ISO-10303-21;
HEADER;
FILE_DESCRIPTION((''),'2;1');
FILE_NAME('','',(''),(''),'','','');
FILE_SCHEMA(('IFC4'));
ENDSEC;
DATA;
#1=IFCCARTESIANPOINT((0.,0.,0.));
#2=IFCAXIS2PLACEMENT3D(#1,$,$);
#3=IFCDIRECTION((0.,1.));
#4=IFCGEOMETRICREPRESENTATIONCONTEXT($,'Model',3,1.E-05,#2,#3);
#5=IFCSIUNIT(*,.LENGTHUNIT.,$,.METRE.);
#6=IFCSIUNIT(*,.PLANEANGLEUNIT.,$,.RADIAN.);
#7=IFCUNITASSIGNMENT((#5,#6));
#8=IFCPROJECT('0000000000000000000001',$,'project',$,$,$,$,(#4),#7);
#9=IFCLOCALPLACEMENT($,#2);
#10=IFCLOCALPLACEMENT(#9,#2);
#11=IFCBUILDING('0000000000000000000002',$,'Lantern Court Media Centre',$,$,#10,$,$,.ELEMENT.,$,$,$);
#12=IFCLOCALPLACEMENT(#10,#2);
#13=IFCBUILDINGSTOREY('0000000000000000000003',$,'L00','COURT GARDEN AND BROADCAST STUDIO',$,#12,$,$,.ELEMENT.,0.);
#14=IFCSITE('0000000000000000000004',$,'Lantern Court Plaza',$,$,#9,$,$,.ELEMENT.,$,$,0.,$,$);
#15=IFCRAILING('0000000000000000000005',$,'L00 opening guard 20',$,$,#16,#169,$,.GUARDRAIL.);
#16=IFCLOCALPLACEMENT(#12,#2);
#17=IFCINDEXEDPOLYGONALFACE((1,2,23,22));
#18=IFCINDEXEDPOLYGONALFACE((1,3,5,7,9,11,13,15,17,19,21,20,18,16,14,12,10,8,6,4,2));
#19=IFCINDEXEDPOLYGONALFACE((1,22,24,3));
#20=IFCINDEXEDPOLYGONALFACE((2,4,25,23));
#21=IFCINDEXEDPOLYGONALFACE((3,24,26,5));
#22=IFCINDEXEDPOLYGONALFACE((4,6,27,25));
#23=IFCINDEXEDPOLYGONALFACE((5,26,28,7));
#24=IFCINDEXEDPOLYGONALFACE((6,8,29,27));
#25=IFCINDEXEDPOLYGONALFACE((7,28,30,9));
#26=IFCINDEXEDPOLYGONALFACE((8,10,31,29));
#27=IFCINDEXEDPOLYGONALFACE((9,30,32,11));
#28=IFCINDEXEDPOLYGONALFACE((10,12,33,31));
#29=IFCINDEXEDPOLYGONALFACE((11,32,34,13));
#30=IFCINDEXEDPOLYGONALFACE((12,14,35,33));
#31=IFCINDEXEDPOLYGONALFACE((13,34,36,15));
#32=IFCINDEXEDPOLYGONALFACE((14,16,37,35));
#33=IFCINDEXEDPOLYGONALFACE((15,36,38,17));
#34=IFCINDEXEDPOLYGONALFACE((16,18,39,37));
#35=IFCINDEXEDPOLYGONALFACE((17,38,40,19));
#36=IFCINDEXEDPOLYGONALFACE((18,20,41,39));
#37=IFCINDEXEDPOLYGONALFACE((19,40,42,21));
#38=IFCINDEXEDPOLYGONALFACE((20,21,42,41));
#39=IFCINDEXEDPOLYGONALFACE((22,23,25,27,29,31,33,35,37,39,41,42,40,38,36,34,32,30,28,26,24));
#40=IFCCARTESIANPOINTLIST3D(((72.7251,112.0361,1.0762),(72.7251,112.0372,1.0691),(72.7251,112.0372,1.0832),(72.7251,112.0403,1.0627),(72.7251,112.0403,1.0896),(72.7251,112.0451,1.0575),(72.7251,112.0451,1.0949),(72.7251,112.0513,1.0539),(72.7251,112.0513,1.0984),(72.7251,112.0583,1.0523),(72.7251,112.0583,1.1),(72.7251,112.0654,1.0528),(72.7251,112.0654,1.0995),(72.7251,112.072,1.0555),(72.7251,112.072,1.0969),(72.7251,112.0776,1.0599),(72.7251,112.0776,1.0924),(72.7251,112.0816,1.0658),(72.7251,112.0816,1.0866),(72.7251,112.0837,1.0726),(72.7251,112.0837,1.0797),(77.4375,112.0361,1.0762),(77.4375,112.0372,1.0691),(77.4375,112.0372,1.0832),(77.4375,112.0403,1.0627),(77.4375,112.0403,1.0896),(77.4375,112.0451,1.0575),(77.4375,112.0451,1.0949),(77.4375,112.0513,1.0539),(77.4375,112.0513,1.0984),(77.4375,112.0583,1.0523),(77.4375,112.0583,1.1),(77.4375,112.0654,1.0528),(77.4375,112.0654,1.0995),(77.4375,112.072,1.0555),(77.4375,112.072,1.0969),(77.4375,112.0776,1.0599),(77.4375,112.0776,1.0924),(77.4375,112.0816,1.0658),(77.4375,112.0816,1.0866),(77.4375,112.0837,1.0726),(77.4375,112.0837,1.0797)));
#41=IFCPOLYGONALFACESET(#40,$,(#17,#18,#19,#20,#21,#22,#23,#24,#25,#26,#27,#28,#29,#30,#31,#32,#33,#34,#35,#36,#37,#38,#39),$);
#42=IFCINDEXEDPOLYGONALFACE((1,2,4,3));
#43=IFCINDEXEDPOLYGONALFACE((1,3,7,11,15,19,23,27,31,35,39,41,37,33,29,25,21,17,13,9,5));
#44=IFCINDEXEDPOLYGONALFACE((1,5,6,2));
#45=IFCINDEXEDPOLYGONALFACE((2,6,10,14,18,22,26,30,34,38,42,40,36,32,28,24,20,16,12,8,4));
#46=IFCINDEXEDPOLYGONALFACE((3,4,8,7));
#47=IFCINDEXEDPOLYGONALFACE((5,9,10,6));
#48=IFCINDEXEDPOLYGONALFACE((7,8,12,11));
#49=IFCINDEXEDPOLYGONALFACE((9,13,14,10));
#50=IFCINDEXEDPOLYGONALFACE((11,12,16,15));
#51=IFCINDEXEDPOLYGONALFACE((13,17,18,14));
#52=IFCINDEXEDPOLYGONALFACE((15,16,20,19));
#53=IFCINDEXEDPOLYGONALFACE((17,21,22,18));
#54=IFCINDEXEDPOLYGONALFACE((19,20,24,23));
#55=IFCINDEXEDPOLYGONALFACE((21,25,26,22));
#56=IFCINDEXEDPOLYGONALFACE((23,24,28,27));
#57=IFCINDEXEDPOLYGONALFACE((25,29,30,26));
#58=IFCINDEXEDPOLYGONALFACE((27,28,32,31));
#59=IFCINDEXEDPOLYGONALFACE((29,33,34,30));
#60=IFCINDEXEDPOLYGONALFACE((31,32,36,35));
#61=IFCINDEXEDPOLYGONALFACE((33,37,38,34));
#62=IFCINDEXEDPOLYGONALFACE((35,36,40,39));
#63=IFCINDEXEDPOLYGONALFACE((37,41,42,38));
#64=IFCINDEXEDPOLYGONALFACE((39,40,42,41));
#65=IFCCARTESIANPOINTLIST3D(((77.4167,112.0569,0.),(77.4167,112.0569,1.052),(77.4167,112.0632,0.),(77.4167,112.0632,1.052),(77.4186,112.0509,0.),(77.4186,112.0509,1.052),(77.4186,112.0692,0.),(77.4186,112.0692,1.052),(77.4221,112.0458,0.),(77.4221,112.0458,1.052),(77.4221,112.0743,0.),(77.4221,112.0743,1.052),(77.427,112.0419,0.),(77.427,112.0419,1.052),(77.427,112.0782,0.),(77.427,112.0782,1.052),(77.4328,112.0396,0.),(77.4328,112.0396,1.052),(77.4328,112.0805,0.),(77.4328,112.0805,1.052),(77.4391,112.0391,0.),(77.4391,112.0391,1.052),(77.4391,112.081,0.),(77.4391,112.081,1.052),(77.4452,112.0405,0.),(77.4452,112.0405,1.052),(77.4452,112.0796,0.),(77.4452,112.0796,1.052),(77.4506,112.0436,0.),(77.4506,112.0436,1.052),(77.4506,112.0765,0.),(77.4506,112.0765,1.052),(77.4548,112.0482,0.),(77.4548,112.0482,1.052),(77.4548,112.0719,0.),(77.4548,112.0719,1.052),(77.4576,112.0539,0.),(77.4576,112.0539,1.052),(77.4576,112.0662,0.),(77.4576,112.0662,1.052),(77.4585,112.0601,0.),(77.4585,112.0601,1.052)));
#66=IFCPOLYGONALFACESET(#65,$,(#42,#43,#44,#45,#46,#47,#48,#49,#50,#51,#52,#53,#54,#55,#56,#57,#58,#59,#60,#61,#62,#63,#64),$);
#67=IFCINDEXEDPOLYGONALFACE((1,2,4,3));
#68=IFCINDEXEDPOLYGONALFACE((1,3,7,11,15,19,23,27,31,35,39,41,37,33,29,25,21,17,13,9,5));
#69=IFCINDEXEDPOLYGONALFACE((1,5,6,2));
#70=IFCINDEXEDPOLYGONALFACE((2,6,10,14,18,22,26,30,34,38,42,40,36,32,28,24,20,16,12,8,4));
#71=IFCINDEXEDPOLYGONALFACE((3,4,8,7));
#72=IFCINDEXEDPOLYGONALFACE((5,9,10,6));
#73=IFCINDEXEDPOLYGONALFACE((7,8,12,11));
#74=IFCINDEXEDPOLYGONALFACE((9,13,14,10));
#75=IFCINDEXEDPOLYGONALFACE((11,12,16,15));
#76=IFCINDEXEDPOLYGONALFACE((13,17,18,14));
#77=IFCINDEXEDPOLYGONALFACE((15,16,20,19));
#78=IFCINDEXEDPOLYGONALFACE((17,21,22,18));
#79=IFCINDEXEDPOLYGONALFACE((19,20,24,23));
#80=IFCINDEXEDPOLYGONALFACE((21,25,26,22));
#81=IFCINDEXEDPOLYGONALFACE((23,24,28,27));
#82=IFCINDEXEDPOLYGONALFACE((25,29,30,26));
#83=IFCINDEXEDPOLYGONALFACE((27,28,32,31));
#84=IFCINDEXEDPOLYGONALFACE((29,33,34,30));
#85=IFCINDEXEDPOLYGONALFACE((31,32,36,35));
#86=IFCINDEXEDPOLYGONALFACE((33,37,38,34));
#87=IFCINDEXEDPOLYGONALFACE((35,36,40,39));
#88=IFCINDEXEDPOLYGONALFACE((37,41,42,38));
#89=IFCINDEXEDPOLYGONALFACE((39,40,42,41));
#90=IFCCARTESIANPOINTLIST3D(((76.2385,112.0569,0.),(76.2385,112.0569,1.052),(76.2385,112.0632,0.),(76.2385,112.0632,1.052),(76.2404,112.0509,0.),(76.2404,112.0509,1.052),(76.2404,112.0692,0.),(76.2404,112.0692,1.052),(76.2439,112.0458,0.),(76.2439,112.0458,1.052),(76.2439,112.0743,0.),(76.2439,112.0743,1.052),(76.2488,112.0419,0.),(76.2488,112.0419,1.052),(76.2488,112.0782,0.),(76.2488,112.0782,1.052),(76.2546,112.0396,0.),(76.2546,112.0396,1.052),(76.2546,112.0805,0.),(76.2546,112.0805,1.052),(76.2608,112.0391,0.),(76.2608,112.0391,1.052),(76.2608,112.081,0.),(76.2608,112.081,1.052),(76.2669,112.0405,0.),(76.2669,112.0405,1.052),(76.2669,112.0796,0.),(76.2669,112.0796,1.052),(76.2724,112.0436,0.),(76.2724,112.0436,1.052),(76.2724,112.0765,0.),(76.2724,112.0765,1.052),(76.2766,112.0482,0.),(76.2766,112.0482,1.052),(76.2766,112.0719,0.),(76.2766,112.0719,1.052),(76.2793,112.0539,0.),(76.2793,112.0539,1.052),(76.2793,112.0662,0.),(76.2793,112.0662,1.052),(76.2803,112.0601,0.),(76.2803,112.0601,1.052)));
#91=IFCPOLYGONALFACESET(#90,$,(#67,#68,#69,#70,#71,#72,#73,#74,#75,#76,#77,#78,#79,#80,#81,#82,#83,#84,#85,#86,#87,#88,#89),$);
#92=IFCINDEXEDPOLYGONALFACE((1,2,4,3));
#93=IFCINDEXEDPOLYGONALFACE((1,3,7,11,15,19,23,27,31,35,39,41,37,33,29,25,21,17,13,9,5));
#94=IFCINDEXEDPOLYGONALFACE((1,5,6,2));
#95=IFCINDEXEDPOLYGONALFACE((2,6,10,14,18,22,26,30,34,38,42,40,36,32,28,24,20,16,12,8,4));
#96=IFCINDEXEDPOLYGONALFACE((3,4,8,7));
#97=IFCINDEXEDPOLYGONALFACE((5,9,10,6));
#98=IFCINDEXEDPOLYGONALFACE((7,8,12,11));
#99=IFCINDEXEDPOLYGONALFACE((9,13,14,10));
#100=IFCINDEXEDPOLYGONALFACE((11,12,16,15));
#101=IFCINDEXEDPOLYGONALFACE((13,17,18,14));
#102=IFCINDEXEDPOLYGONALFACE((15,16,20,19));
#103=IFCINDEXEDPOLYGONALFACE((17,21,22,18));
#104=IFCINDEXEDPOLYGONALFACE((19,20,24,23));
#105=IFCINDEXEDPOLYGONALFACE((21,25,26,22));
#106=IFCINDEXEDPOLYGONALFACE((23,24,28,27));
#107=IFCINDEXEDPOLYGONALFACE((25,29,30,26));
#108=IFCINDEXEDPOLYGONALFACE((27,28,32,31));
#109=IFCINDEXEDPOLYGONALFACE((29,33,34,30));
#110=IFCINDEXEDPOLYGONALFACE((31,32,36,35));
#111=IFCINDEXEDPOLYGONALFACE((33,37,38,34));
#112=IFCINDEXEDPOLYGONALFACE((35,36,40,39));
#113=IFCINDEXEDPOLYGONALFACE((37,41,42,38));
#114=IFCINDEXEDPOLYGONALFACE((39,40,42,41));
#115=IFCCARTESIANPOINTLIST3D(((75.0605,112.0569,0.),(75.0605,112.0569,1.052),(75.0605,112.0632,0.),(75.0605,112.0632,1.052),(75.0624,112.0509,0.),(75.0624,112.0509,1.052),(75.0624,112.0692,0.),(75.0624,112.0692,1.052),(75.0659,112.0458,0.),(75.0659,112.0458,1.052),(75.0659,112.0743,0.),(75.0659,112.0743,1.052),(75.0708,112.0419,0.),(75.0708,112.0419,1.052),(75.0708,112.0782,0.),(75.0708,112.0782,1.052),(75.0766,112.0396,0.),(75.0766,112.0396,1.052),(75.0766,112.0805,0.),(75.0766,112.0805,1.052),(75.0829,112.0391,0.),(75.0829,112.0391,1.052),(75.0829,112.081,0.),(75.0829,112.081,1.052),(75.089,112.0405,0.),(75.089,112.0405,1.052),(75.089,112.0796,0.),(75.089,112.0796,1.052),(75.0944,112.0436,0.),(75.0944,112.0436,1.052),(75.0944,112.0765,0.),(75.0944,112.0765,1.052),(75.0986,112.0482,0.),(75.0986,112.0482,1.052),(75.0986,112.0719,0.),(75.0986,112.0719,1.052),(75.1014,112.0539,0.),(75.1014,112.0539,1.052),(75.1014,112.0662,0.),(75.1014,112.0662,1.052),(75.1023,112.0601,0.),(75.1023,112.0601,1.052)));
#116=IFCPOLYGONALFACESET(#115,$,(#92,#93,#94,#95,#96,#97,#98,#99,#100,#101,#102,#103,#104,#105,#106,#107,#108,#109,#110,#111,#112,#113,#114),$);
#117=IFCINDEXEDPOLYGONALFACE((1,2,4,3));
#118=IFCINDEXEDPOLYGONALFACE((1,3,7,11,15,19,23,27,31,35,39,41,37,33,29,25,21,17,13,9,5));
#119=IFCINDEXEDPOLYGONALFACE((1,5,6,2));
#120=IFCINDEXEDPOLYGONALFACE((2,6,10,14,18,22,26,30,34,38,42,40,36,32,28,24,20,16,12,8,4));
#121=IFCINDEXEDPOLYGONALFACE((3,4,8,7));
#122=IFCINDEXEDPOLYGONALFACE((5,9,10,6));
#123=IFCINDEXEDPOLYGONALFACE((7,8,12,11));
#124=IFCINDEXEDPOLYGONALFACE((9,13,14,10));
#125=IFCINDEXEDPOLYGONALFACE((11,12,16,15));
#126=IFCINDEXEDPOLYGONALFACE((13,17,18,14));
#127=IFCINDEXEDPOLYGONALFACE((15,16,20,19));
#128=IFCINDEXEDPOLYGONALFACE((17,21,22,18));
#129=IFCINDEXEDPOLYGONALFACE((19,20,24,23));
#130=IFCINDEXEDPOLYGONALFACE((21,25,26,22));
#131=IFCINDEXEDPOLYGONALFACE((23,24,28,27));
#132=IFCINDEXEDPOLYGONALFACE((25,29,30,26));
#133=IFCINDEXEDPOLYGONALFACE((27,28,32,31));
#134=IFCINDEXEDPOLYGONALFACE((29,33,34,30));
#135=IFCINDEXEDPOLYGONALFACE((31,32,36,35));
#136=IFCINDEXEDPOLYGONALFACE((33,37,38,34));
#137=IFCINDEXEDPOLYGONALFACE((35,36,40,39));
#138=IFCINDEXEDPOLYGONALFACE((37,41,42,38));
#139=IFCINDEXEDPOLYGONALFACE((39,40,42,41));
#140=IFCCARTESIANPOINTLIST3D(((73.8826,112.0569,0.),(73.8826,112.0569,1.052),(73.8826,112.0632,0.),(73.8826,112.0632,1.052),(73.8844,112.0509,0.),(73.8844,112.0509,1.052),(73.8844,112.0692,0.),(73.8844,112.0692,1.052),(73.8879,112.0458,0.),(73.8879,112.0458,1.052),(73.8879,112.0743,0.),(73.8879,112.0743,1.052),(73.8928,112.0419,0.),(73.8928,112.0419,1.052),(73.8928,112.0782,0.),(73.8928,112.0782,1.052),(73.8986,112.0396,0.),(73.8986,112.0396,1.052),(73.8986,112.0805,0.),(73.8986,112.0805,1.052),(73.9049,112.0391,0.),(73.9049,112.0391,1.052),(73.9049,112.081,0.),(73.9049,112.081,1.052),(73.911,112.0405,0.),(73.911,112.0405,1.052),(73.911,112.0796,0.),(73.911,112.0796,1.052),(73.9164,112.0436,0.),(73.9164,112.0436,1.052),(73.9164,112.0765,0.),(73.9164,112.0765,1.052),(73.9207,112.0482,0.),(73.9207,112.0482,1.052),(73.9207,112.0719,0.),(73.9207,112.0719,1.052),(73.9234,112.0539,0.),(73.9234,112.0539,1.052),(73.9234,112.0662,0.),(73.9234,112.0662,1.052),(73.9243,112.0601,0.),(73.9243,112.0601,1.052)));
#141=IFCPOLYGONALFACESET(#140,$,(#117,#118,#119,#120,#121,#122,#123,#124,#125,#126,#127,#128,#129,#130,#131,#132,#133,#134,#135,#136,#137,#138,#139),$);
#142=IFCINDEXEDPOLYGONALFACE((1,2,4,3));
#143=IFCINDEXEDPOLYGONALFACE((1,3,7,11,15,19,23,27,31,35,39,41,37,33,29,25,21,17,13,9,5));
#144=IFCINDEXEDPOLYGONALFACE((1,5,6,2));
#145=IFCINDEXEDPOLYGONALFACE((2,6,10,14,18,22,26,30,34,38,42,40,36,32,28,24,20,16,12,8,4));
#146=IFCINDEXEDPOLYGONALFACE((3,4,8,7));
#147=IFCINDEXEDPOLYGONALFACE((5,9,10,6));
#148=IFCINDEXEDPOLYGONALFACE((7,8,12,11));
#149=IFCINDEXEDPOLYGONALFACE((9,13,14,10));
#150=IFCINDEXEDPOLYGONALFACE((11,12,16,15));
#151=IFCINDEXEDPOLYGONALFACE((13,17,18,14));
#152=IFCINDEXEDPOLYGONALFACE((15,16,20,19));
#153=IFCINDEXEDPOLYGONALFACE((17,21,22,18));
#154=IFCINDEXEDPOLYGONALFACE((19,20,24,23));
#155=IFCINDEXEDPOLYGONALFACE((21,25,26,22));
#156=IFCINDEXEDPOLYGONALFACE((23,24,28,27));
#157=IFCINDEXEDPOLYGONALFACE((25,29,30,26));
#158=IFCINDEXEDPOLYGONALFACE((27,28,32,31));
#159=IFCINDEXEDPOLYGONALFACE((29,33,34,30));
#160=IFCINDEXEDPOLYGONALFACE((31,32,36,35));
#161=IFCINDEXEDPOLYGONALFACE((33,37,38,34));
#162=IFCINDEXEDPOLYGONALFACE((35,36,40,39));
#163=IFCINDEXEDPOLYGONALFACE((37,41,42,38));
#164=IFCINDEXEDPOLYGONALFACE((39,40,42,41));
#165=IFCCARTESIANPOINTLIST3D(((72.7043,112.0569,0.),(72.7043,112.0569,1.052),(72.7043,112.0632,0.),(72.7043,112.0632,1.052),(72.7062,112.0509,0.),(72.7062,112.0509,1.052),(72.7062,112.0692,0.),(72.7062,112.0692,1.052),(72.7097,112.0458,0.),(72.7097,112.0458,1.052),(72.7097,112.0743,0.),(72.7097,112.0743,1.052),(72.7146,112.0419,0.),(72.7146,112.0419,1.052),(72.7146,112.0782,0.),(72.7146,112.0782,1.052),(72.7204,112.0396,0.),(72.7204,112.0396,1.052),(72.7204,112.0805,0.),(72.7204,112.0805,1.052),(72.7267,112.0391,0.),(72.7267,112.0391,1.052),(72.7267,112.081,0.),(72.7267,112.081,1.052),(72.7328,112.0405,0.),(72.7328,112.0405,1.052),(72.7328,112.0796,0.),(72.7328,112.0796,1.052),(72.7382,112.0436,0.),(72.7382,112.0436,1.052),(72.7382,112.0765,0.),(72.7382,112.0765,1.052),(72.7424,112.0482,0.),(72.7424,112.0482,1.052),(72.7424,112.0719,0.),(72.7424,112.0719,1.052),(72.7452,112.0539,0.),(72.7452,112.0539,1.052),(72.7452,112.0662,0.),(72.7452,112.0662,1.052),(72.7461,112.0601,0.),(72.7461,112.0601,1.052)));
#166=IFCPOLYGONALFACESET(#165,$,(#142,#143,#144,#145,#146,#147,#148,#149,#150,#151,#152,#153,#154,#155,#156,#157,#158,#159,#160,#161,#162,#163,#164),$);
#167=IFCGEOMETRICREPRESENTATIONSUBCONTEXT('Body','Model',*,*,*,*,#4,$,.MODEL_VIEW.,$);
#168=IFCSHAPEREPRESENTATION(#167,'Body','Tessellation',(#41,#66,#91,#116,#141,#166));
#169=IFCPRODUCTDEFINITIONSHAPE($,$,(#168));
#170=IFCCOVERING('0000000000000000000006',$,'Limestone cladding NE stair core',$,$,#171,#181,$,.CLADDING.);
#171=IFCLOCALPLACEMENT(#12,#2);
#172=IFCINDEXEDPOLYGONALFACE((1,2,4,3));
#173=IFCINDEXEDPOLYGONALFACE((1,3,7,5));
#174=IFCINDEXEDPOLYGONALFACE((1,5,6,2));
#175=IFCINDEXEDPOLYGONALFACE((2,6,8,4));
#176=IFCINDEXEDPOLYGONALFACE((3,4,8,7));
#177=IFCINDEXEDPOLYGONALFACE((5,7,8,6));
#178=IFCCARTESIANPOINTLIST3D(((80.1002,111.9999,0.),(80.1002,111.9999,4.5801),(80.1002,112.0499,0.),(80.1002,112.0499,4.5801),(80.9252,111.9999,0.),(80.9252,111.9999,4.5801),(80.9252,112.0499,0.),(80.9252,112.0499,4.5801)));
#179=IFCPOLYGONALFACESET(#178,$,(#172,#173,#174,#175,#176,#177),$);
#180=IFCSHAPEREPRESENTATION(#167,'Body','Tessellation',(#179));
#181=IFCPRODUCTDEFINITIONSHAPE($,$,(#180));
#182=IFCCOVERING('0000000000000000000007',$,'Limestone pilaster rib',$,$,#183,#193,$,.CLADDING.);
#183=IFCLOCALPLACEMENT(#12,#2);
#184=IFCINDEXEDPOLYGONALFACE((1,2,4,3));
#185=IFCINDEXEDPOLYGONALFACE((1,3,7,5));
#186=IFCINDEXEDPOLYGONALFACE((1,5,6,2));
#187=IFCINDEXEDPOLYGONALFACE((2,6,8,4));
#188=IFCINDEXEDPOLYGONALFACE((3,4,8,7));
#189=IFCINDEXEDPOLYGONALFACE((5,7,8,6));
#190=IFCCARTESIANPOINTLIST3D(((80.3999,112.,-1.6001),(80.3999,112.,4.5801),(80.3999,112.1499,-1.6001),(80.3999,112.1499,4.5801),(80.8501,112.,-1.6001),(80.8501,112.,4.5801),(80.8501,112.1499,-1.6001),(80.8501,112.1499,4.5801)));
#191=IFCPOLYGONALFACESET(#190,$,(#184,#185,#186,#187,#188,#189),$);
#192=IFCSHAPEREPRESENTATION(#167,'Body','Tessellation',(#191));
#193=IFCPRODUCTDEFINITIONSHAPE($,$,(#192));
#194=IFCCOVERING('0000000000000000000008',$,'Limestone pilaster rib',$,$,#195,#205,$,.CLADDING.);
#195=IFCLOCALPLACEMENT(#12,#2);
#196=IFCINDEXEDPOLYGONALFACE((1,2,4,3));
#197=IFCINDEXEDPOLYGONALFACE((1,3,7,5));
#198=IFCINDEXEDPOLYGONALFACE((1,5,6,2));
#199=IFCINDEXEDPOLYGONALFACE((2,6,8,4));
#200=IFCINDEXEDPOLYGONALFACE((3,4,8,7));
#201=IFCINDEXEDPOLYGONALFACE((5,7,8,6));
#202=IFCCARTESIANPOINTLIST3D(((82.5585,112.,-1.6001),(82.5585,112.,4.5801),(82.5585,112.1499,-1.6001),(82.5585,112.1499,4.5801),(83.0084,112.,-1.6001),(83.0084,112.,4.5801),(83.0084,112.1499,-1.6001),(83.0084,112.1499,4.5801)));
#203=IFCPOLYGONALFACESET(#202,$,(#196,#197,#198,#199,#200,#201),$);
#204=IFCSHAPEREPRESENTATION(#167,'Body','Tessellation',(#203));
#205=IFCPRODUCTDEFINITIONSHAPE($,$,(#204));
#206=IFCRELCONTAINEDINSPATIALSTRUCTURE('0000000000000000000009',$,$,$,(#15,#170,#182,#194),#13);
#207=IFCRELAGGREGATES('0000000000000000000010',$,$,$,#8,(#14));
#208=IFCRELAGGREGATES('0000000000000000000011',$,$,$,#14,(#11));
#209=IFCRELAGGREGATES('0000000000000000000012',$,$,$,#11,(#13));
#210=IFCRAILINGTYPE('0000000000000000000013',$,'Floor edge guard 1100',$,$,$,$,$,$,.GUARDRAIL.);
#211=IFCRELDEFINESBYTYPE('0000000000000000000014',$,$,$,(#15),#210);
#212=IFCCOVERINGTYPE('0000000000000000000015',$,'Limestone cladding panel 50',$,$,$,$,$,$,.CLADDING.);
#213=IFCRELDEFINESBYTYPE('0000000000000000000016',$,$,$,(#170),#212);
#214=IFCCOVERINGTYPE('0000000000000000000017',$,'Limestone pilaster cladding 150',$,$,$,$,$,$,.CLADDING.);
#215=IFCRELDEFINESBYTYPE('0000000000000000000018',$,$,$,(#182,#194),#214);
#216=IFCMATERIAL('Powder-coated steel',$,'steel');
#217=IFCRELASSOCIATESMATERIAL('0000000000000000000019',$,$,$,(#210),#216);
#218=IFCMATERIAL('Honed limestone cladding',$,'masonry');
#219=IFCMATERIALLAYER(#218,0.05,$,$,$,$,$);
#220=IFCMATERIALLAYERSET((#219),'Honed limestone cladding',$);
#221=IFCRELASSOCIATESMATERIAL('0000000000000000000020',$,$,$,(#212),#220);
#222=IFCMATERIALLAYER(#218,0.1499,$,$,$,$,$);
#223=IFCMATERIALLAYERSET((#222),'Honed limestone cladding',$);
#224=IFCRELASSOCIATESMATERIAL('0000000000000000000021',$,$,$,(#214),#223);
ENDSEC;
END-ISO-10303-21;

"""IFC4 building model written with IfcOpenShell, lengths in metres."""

from ifc_helpers import new_model, si_unit, direction, frame, frame_2d, origin, origin_2d, place, context, subcontext, project, spatial, rectangle, circle, extrude, material, layer, layer_set, type_object, element, save


model = new_model("IFC4")

# Units and contexts
model_context = context("Model", 3, precision=1e-05, world=origin(), true_north=direction((0.0, 1.0)))
body_context = subcontext(model_context, "Body", "Model", "MODEL_VIEW")
ifc_project = project(units=[si_unit("LENGTHUNIT", "METRE"), si_unit("PLANEANGLEUNIT", "RADIAN")], contexts=[model_context])

# Site, building, storey
site_placement = place(None, origin())
site = spatial("IfcSite", under=ifc_project, at=site_placement, Name="Lantern Court Plaza", CompositionType="ELEMENT", RefElevation=0.0)
building_placement = place(site_placement, origin())
building = spatial("IfcBuilding", under=site, at=building_placement, Name="Lantern Court Media Centre", CompositionType="ELEMENT")
storey_placement = place(building_placement, origin())
storey = spatial("IfcBuildingStorey", under=building, at=storey_placement, Name="L00", Description="COURT GARDEN AND BROADCAST STUDIO", CompositionType="ELEMENT", Elevation=0.0)

# Railing
ifc_material_1 = material(Name="Powder-coated steel", Category="steel")
railing_type = type_object("IfcRailingType", Name="Floor edge guard 1100", PredefinedType="GUARDRAIL", material=ifc_material_1)
railing_1_placement = place(storey_placement, frame((77.4375, 112.0601, 0.0)))
element("IfcRailing", 1, at=railing_1_placement, inside=storey, type_object=railing_type, Name="L00 opening guard 20", PredefinedType="GUARDRAIL", context=body_context, shape_type="SweptSolid", body=[
    extrude(circle(Radius=0.0239, at=origin_2d()), frame((0.0, 0.0, 1.0762), z_axis=(-1.0, 0.0, 0.0), x_axis=(0.0, -1.0, 0.0)), (0.0, 0.0, 1.0), 4.7124),
    extrude(circle(Radius=0.021, at=origin_2d()), origin(), (0.0, 0.0, 1.0), 1.052),
    extrude(circle(Radius=0.021, at=origin_2d()), frame((-1.1782, 0.0, 0.0)), (0.0, 0.0, 1.0), 1.052),
    extrude(circle(Radius=0.021, at=origin_2d()), frame((-2.3562, 0.0, 0.0)), (0.0, 0.0, 1.0), 1.052),
    extrude(circle(Radius=0.021, at=origin_2d()), frame((-3.5342, 0.0, 0.0)), (0.0, 0.0, 1.0), 1.052),
    extrude(circle(Radius=0.021, at=origin_2d()), frame((-4.7124, 0.0, 0.0)), (0.0, 0.0, 1.0), 1.052),
])

# Coverings
ifc_material_2 = material(Name="Honed limestone cladding", Category="masonry")
ifc_layer_1 = layer(ifc_material_2, 0.05)
ifc_layer_set_1 = layer_set([ifc_layer_1], Name="Honed limestone cladding")
covering_type_1 = type_object("IfcCoveringType", Name="Limestone cladding panel 50", PredefinedType="CLADDING", material=ifc_layer_set_1)
covering_1_placement = place(storey_placement, frame((80.1001, 112.0249, 0.0), z_axis=(0.0, 0.0, 1.0), x_axis=(1.0, 0.0, 0.0)))
element("IfcCovering", 2, at=covering_1_placement, inside=storey, type_object=covering_type_1, Name="Limestone cladding NE stair core", PredefinedType="CLADDING", context=body_context, shape_type="SweptSolid", body=[
    extrude(rectangle(XDim=0.825, YDim=0.05, at=frame_2d((0.4126, 0.0))), origin(), (0.0, 0.0, 1.0), 4.5801),
])
ifc_layer_2 = layer(ifc_material_2, 0.1499)
ifc_layer_set_2 = layer_set([ifc_layer_2], Name="Honed limestone cladding")
covering_type_2 = type_object("IfcCoveringType", Name="Limestone pilaster cladding 150", PredefinedType="CLADDING", material=ifc_layer_set_2)
covering_2_placement = place(storey_placement, frame((80.3999, 112.075, -1.6001), z_axis=(0.0, 0.0, 1.0), x_axis=(1.0, 0.0, 0.0)))
element("IfcCovering", 3, at=covering_2_placement, inside=storey, type_object=covering_type_2, Name="Limestone pilaster rib", PredefinedType="CLADDING", context=body_context, shape_type="SweptSolid", body=[
    extrude(rectangle(XDim=0.4502, YDim=0.1499, at=frame_2d((0.2251, 0.0))), origin(), (0.0, 0.0, 1.0), 6.1802),
])
covering_3_placement = place(storey_placement, frame((82.5583, 112.075, -1.6001), z_axis=(0.0, 0.0, 1.0), x_axis=(1.0, 0.0, 0.0)))
element("IfcCovering", 4, at=covering_3_placement, inside=storey, type_object=covering_type_2, Name="Limestone pilaster rib", PredefinedType="CLADDING", context=body_context, shape_type="SweptSolid", body=[
    extrude(rectangle(XDim=0.45, YDim=0.1499, at=frame_2d((0.2251, 0.0))), origin(), (0.0, 0.0, 1.0), 6.1802),
])

save(model, "model.ifc")
